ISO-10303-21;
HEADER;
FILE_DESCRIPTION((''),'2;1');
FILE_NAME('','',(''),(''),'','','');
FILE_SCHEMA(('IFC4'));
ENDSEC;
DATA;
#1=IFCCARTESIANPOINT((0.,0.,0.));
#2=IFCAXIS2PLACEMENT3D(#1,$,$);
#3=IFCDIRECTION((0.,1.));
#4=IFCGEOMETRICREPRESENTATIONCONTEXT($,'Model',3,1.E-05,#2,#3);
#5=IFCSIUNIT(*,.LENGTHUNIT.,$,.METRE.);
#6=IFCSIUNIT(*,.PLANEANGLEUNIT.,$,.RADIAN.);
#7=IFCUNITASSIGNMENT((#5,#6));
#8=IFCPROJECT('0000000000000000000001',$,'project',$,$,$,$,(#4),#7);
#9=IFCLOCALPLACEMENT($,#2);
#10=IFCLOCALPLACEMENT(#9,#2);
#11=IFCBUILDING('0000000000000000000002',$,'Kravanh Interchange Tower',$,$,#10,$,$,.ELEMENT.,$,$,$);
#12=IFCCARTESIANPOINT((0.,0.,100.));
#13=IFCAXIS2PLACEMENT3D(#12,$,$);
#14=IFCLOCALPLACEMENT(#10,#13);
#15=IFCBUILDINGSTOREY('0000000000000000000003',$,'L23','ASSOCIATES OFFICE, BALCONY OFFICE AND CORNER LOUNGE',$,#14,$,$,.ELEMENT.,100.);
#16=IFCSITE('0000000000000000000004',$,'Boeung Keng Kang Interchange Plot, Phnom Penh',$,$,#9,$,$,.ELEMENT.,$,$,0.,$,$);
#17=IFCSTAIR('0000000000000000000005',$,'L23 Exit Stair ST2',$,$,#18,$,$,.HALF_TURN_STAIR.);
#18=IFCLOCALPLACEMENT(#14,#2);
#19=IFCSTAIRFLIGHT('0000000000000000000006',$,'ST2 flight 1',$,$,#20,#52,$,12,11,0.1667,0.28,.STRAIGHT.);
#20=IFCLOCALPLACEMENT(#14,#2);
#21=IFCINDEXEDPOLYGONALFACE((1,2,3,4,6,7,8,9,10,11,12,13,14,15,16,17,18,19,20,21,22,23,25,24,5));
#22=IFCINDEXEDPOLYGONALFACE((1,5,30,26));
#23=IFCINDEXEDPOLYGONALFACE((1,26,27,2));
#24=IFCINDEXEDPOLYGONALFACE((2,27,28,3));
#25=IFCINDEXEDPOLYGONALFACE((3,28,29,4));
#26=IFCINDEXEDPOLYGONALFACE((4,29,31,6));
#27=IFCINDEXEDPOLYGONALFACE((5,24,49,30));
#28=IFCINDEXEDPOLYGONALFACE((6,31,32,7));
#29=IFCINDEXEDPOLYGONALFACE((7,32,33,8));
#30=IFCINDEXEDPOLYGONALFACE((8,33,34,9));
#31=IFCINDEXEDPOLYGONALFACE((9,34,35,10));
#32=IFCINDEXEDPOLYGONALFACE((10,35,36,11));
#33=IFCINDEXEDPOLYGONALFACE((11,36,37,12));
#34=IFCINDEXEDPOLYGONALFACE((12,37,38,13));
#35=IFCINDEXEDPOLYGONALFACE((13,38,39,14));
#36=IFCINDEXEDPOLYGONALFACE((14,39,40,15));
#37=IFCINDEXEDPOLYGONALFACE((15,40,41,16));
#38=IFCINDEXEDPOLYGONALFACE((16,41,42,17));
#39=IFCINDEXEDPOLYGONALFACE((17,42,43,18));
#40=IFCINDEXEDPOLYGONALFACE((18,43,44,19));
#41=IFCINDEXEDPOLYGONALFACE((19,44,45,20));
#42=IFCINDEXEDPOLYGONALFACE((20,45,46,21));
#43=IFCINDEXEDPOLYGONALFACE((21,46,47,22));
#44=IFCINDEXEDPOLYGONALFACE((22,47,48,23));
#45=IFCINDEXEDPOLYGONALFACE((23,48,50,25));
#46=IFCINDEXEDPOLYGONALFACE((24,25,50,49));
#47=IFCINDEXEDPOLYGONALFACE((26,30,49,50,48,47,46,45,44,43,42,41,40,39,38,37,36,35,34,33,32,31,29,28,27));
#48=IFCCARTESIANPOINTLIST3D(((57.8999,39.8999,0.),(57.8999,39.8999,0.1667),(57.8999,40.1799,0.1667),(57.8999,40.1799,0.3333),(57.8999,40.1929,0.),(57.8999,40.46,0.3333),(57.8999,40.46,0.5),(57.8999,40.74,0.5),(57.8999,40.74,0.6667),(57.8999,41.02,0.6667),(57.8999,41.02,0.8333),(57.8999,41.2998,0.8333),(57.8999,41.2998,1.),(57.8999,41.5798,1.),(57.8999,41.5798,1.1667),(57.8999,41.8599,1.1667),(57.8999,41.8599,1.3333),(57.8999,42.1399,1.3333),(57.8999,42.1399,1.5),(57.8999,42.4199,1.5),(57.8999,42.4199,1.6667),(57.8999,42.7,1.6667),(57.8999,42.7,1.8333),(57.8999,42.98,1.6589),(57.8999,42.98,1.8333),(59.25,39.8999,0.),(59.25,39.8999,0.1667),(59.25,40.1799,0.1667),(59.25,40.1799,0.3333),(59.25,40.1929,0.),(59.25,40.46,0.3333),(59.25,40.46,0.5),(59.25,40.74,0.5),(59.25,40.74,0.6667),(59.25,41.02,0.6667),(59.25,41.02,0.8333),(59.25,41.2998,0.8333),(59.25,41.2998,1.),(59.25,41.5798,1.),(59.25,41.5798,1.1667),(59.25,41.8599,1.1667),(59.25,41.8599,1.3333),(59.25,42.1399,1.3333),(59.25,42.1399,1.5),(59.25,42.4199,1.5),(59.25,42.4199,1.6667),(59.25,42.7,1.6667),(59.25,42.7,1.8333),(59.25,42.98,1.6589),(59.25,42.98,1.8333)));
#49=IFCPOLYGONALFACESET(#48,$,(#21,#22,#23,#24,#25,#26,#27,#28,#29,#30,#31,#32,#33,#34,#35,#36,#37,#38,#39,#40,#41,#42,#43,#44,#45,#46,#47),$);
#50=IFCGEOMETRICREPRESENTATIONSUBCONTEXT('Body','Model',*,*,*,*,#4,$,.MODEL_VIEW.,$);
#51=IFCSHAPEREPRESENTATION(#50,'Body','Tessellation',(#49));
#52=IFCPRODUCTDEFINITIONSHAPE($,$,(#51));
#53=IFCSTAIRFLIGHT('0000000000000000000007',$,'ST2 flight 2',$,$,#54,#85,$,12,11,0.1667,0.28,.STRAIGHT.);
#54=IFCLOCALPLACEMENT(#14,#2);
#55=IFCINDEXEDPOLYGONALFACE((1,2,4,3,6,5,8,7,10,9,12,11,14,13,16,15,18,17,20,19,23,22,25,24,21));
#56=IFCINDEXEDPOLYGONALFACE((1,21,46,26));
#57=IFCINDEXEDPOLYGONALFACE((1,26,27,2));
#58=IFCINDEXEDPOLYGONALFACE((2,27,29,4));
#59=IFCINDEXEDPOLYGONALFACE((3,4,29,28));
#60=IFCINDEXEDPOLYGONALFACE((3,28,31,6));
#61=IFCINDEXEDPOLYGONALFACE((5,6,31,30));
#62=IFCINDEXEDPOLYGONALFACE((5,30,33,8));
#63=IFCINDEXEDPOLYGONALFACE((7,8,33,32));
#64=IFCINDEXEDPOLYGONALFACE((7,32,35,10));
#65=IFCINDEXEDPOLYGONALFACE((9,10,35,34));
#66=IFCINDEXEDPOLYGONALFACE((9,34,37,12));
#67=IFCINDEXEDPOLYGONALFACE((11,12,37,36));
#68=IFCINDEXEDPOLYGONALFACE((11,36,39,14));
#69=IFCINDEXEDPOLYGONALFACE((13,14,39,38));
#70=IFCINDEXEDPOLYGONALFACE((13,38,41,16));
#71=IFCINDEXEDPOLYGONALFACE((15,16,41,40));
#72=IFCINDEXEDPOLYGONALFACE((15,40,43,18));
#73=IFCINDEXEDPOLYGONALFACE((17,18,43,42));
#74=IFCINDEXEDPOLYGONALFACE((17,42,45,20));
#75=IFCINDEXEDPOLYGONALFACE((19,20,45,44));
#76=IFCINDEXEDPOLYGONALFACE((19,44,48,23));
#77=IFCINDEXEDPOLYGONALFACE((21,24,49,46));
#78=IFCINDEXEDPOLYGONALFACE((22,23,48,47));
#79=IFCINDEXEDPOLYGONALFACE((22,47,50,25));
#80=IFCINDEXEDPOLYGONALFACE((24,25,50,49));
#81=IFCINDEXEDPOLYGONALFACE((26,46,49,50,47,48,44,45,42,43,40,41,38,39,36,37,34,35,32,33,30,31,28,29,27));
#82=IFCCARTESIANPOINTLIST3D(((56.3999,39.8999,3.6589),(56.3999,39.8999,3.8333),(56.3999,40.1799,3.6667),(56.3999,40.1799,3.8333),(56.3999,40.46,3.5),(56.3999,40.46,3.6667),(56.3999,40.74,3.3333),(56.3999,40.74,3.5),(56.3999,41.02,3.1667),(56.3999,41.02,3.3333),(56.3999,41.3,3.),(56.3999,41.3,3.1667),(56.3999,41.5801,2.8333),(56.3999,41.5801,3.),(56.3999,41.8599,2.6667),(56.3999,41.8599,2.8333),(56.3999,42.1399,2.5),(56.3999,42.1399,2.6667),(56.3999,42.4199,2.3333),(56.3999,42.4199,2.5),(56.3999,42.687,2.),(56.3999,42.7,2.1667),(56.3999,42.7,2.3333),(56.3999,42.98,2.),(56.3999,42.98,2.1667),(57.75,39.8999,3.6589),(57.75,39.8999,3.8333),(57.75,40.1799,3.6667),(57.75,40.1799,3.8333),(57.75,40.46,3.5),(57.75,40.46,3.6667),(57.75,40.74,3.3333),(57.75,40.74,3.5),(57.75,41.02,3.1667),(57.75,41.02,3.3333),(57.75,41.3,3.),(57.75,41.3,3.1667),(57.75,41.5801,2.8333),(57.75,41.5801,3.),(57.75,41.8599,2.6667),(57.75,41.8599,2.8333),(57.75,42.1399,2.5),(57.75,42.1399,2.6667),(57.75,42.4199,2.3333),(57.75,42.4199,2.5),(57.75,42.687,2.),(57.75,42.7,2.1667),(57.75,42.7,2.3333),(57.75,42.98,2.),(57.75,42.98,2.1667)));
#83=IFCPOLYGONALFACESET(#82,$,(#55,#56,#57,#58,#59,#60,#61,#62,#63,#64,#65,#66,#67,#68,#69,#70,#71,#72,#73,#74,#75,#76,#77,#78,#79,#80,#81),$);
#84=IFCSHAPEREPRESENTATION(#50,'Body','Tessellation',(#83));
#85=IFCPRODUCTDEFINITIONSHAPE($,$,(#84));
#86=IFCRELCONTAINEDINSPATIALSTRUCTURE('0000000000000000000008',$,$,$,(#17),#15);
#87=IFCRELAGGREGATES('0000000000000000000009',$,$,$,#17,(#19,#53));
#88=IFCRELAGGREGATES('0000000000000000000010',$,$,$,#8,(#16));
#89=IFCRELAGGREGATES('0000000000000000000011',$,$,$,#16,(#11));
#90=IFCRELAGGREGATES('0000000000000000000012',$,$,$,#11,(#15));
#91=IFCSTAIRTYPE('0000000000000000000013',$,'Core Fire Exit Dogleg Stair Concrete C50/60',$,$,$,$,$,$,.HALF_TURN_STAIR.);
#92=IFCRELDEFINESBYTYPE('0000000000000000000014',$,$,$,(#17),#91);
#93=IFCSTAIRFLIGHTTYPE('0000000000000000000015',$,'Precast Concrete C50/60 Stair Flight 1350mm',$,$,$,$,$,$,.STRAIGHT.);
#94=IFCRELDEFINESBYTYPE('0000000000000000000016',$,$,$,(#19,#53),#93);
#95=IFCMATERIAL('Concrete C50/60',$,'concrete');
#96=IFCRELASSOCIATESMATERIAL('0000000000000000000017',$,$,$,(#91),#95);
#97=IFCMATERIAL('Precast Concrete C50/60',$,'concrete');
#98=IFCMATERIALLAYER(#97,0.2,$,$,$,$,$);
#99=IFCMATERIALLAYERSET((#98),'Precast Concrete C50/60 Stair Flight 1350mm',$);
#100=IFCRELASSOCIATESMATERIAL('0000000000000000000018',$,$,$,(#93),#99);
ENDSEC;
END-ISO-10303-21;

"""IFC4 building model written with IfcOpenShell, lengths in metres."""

from ifc_helpers import new_model, si_unit, direction, frame, origin, place, context, subcontext, project, spatial, polyline, outline, extrude, material, layer, layer_set, type_object, element, aggregate, save


model = new_model("IFC4")

# Units and contexts
model_context = context("Model", 3, precision=1e-05, world=origin(), true_north=direction((0.0, 1.0)))
body_context = subcontext(model_context, "Body", "Model", "MODEL_VIEW")
ifc_project = project(units=[si_unit("LENGTHUNIT", "METRE"), si_unit("PLANEANGLEUNIT", "RADIAN")], contexts=[model_context])

# Site, building, storey
site_placement = place(None, origin())
site = spatial("IfcSite", under=ifc_project, at=site_placement, Name="Boeung Keng Kang Interchange Plot, Phnom Penh", CompositionType="ELEMENT", RefElevation=0.0)
building_placement = place(site_placement, origin())
building = spatial("IfcBuilding", under=site, at=building_placement, Name="Kravanh Interchange Tower", CompositionType="ELEMENT")
storey_placement = place(building_placement, frame((0.0, 0.0, 100.0)))
storey = spatial("IfcBuildingStorey", under=building, at=storey_placement, Name="L23", Description="ASSOCIATES OFFICE, BALCONY OFFICE AND CORNER LOUNGE", CompositionType="ELEMENT", Elevation=100.0)

# Stair, stair flights
ifc_material_1 = material(Name="Concrete C50/60", Category="concrete")
stair_type = type_object("IfcStairType", Name="Core Fire Exit Dogleg Stair Concrete C50/60", PredefinedType="HALF_TURN_STAIR", material=ifc_material_1)
ifc_material_2 = material(Name="Precast Concrete C50/60", Category="concrete")
ifc_layer_1 = layer(ifc_material_2, 0.2)
ifc_layer_set_1 = layer_set([ifc_layer_1], Name="Precast Concrete C50/60 Stair Flight 1350mm")
stair_flight_type = type_object("IfcStairFlightType", Name="Precast Concrete C50/60 Stair Flight 1350mm", PredefinedType="STRAIGHT", material=ifc_layer_set_1)
stair_1_placement = place(storey_placement, origin())
stair_1 = element("IfcStair", 1, at=stair_1_placement, inside=storey, type_object=stair_type, Name="L23 Exit Stair ST2", PredefinedType="HALF_TURN_STAIR")
stair_flight_1_placement = place(storey_placement, frame((58.575, 39.8999, 0.0), z_axis=(0.0, 0.0, 1.0), x_axis=(0.0, 1.0, 0.0)))
stair_flight_1 = element("IfcStairFlight", 2, at=stair_flight_1_placement, type_object=stair_flight_type, Name="ST2 flight 1", NumberOfRisers=12, NumberOfTreads=11, PredefinedType="STRAIGHT", RiserHeight=0.1667, TreadLength=0.28, context=body_context, shape_type="SweptSolid", body=[
    extrude(outline(polyline([(0.0, 0.0), (0.0, 0.1667), (0.28, 0.1667), (0.28, 0.3333), (0.5601, 0.3333), (0.5601, 0.5), (0.8401, 0.5), (0.8401, 0.6667), (1.1201, 0.6667), (1.1201, 0.8333), (1.3999, 0.8333), (1.3999, 1.0), (1.6799, 1.0), (1.6799, 1.1667), (1.96, 1.1667), (1.96, 1.3333), (2.24, 1.3333), (2.24, 1.5), (2.52, 1.5), (2.52, 1.6667), (2.8, 1.6667), (2.8, 1.8333), (3.0801, 1.8333), (3.0801, 2.0), (3.0801, 1.6589), (0.293, 0.0), (0.0, 0.0)])), frame((0.0, 0.675, 0.0), z_axis=(0.0, -1.0, 0.0), x_axis=(1.0, 0.0, 0.0)), (0.0, 0.0, 1.0), 1.3501),
])
stair_flight_2_placement = place(storey_placement, frame((57.075, 42.98, 2.0), z_axis=(0.0, 0.0, 1.0), x_axis=(0.0, -1.0, 0.0)))
stair_flight_2 = element("IfcStairFlight", 3, at=stair_flight_2_placement, type_object=stair_flight_type, Name="ST2 flight 2", NumberOfRisers=12, NumberOfTreads=11, PredefinedType="STRAIGHT", RiserHeight=0.1667, TreadLength=0.28, context=body_context, shape_type="SweptSolid", body=[
    extrude(outline(polyline([(0.0, 0.0), (0.0, 0.1667), (0.28, 0.1667), (0.28, 0.3333), (0.5601, 0.3333), (0.5601, 0.5), (0.8401, 0.5), (0.8401, 0.6667), (1.1201, 0.6667), (1.1201, 0.8333), (1.3999, 0.8333), (1.3999, 1.0), (1.6799, 1.0), (1.6799, 1.1667), (1.96, 1.1667), (1.96, 1.3333), (2.24, 1.3333), (2.24, 1.5), (2.52, 1.5), (2.52, 1.6667), (2.8, 1.6667), (2.8, 1.8333), (3.0801, 1.8333), (3.0801, 2.0), (3.0801, 1.6589), (0.293, 0.0), (0.0, 0.0)])), frame((0.0, 0.675, 0.0), z_axis=(0.0, -1.0, 0.0), x_axis=(1.0, 0.0, 0.0)), (0.0, 0.0, 1.0), 1.3501),
])
aggregate(stair_1, [stair_flight_1, stair_flight_2])

save(model, "model.ifc")
